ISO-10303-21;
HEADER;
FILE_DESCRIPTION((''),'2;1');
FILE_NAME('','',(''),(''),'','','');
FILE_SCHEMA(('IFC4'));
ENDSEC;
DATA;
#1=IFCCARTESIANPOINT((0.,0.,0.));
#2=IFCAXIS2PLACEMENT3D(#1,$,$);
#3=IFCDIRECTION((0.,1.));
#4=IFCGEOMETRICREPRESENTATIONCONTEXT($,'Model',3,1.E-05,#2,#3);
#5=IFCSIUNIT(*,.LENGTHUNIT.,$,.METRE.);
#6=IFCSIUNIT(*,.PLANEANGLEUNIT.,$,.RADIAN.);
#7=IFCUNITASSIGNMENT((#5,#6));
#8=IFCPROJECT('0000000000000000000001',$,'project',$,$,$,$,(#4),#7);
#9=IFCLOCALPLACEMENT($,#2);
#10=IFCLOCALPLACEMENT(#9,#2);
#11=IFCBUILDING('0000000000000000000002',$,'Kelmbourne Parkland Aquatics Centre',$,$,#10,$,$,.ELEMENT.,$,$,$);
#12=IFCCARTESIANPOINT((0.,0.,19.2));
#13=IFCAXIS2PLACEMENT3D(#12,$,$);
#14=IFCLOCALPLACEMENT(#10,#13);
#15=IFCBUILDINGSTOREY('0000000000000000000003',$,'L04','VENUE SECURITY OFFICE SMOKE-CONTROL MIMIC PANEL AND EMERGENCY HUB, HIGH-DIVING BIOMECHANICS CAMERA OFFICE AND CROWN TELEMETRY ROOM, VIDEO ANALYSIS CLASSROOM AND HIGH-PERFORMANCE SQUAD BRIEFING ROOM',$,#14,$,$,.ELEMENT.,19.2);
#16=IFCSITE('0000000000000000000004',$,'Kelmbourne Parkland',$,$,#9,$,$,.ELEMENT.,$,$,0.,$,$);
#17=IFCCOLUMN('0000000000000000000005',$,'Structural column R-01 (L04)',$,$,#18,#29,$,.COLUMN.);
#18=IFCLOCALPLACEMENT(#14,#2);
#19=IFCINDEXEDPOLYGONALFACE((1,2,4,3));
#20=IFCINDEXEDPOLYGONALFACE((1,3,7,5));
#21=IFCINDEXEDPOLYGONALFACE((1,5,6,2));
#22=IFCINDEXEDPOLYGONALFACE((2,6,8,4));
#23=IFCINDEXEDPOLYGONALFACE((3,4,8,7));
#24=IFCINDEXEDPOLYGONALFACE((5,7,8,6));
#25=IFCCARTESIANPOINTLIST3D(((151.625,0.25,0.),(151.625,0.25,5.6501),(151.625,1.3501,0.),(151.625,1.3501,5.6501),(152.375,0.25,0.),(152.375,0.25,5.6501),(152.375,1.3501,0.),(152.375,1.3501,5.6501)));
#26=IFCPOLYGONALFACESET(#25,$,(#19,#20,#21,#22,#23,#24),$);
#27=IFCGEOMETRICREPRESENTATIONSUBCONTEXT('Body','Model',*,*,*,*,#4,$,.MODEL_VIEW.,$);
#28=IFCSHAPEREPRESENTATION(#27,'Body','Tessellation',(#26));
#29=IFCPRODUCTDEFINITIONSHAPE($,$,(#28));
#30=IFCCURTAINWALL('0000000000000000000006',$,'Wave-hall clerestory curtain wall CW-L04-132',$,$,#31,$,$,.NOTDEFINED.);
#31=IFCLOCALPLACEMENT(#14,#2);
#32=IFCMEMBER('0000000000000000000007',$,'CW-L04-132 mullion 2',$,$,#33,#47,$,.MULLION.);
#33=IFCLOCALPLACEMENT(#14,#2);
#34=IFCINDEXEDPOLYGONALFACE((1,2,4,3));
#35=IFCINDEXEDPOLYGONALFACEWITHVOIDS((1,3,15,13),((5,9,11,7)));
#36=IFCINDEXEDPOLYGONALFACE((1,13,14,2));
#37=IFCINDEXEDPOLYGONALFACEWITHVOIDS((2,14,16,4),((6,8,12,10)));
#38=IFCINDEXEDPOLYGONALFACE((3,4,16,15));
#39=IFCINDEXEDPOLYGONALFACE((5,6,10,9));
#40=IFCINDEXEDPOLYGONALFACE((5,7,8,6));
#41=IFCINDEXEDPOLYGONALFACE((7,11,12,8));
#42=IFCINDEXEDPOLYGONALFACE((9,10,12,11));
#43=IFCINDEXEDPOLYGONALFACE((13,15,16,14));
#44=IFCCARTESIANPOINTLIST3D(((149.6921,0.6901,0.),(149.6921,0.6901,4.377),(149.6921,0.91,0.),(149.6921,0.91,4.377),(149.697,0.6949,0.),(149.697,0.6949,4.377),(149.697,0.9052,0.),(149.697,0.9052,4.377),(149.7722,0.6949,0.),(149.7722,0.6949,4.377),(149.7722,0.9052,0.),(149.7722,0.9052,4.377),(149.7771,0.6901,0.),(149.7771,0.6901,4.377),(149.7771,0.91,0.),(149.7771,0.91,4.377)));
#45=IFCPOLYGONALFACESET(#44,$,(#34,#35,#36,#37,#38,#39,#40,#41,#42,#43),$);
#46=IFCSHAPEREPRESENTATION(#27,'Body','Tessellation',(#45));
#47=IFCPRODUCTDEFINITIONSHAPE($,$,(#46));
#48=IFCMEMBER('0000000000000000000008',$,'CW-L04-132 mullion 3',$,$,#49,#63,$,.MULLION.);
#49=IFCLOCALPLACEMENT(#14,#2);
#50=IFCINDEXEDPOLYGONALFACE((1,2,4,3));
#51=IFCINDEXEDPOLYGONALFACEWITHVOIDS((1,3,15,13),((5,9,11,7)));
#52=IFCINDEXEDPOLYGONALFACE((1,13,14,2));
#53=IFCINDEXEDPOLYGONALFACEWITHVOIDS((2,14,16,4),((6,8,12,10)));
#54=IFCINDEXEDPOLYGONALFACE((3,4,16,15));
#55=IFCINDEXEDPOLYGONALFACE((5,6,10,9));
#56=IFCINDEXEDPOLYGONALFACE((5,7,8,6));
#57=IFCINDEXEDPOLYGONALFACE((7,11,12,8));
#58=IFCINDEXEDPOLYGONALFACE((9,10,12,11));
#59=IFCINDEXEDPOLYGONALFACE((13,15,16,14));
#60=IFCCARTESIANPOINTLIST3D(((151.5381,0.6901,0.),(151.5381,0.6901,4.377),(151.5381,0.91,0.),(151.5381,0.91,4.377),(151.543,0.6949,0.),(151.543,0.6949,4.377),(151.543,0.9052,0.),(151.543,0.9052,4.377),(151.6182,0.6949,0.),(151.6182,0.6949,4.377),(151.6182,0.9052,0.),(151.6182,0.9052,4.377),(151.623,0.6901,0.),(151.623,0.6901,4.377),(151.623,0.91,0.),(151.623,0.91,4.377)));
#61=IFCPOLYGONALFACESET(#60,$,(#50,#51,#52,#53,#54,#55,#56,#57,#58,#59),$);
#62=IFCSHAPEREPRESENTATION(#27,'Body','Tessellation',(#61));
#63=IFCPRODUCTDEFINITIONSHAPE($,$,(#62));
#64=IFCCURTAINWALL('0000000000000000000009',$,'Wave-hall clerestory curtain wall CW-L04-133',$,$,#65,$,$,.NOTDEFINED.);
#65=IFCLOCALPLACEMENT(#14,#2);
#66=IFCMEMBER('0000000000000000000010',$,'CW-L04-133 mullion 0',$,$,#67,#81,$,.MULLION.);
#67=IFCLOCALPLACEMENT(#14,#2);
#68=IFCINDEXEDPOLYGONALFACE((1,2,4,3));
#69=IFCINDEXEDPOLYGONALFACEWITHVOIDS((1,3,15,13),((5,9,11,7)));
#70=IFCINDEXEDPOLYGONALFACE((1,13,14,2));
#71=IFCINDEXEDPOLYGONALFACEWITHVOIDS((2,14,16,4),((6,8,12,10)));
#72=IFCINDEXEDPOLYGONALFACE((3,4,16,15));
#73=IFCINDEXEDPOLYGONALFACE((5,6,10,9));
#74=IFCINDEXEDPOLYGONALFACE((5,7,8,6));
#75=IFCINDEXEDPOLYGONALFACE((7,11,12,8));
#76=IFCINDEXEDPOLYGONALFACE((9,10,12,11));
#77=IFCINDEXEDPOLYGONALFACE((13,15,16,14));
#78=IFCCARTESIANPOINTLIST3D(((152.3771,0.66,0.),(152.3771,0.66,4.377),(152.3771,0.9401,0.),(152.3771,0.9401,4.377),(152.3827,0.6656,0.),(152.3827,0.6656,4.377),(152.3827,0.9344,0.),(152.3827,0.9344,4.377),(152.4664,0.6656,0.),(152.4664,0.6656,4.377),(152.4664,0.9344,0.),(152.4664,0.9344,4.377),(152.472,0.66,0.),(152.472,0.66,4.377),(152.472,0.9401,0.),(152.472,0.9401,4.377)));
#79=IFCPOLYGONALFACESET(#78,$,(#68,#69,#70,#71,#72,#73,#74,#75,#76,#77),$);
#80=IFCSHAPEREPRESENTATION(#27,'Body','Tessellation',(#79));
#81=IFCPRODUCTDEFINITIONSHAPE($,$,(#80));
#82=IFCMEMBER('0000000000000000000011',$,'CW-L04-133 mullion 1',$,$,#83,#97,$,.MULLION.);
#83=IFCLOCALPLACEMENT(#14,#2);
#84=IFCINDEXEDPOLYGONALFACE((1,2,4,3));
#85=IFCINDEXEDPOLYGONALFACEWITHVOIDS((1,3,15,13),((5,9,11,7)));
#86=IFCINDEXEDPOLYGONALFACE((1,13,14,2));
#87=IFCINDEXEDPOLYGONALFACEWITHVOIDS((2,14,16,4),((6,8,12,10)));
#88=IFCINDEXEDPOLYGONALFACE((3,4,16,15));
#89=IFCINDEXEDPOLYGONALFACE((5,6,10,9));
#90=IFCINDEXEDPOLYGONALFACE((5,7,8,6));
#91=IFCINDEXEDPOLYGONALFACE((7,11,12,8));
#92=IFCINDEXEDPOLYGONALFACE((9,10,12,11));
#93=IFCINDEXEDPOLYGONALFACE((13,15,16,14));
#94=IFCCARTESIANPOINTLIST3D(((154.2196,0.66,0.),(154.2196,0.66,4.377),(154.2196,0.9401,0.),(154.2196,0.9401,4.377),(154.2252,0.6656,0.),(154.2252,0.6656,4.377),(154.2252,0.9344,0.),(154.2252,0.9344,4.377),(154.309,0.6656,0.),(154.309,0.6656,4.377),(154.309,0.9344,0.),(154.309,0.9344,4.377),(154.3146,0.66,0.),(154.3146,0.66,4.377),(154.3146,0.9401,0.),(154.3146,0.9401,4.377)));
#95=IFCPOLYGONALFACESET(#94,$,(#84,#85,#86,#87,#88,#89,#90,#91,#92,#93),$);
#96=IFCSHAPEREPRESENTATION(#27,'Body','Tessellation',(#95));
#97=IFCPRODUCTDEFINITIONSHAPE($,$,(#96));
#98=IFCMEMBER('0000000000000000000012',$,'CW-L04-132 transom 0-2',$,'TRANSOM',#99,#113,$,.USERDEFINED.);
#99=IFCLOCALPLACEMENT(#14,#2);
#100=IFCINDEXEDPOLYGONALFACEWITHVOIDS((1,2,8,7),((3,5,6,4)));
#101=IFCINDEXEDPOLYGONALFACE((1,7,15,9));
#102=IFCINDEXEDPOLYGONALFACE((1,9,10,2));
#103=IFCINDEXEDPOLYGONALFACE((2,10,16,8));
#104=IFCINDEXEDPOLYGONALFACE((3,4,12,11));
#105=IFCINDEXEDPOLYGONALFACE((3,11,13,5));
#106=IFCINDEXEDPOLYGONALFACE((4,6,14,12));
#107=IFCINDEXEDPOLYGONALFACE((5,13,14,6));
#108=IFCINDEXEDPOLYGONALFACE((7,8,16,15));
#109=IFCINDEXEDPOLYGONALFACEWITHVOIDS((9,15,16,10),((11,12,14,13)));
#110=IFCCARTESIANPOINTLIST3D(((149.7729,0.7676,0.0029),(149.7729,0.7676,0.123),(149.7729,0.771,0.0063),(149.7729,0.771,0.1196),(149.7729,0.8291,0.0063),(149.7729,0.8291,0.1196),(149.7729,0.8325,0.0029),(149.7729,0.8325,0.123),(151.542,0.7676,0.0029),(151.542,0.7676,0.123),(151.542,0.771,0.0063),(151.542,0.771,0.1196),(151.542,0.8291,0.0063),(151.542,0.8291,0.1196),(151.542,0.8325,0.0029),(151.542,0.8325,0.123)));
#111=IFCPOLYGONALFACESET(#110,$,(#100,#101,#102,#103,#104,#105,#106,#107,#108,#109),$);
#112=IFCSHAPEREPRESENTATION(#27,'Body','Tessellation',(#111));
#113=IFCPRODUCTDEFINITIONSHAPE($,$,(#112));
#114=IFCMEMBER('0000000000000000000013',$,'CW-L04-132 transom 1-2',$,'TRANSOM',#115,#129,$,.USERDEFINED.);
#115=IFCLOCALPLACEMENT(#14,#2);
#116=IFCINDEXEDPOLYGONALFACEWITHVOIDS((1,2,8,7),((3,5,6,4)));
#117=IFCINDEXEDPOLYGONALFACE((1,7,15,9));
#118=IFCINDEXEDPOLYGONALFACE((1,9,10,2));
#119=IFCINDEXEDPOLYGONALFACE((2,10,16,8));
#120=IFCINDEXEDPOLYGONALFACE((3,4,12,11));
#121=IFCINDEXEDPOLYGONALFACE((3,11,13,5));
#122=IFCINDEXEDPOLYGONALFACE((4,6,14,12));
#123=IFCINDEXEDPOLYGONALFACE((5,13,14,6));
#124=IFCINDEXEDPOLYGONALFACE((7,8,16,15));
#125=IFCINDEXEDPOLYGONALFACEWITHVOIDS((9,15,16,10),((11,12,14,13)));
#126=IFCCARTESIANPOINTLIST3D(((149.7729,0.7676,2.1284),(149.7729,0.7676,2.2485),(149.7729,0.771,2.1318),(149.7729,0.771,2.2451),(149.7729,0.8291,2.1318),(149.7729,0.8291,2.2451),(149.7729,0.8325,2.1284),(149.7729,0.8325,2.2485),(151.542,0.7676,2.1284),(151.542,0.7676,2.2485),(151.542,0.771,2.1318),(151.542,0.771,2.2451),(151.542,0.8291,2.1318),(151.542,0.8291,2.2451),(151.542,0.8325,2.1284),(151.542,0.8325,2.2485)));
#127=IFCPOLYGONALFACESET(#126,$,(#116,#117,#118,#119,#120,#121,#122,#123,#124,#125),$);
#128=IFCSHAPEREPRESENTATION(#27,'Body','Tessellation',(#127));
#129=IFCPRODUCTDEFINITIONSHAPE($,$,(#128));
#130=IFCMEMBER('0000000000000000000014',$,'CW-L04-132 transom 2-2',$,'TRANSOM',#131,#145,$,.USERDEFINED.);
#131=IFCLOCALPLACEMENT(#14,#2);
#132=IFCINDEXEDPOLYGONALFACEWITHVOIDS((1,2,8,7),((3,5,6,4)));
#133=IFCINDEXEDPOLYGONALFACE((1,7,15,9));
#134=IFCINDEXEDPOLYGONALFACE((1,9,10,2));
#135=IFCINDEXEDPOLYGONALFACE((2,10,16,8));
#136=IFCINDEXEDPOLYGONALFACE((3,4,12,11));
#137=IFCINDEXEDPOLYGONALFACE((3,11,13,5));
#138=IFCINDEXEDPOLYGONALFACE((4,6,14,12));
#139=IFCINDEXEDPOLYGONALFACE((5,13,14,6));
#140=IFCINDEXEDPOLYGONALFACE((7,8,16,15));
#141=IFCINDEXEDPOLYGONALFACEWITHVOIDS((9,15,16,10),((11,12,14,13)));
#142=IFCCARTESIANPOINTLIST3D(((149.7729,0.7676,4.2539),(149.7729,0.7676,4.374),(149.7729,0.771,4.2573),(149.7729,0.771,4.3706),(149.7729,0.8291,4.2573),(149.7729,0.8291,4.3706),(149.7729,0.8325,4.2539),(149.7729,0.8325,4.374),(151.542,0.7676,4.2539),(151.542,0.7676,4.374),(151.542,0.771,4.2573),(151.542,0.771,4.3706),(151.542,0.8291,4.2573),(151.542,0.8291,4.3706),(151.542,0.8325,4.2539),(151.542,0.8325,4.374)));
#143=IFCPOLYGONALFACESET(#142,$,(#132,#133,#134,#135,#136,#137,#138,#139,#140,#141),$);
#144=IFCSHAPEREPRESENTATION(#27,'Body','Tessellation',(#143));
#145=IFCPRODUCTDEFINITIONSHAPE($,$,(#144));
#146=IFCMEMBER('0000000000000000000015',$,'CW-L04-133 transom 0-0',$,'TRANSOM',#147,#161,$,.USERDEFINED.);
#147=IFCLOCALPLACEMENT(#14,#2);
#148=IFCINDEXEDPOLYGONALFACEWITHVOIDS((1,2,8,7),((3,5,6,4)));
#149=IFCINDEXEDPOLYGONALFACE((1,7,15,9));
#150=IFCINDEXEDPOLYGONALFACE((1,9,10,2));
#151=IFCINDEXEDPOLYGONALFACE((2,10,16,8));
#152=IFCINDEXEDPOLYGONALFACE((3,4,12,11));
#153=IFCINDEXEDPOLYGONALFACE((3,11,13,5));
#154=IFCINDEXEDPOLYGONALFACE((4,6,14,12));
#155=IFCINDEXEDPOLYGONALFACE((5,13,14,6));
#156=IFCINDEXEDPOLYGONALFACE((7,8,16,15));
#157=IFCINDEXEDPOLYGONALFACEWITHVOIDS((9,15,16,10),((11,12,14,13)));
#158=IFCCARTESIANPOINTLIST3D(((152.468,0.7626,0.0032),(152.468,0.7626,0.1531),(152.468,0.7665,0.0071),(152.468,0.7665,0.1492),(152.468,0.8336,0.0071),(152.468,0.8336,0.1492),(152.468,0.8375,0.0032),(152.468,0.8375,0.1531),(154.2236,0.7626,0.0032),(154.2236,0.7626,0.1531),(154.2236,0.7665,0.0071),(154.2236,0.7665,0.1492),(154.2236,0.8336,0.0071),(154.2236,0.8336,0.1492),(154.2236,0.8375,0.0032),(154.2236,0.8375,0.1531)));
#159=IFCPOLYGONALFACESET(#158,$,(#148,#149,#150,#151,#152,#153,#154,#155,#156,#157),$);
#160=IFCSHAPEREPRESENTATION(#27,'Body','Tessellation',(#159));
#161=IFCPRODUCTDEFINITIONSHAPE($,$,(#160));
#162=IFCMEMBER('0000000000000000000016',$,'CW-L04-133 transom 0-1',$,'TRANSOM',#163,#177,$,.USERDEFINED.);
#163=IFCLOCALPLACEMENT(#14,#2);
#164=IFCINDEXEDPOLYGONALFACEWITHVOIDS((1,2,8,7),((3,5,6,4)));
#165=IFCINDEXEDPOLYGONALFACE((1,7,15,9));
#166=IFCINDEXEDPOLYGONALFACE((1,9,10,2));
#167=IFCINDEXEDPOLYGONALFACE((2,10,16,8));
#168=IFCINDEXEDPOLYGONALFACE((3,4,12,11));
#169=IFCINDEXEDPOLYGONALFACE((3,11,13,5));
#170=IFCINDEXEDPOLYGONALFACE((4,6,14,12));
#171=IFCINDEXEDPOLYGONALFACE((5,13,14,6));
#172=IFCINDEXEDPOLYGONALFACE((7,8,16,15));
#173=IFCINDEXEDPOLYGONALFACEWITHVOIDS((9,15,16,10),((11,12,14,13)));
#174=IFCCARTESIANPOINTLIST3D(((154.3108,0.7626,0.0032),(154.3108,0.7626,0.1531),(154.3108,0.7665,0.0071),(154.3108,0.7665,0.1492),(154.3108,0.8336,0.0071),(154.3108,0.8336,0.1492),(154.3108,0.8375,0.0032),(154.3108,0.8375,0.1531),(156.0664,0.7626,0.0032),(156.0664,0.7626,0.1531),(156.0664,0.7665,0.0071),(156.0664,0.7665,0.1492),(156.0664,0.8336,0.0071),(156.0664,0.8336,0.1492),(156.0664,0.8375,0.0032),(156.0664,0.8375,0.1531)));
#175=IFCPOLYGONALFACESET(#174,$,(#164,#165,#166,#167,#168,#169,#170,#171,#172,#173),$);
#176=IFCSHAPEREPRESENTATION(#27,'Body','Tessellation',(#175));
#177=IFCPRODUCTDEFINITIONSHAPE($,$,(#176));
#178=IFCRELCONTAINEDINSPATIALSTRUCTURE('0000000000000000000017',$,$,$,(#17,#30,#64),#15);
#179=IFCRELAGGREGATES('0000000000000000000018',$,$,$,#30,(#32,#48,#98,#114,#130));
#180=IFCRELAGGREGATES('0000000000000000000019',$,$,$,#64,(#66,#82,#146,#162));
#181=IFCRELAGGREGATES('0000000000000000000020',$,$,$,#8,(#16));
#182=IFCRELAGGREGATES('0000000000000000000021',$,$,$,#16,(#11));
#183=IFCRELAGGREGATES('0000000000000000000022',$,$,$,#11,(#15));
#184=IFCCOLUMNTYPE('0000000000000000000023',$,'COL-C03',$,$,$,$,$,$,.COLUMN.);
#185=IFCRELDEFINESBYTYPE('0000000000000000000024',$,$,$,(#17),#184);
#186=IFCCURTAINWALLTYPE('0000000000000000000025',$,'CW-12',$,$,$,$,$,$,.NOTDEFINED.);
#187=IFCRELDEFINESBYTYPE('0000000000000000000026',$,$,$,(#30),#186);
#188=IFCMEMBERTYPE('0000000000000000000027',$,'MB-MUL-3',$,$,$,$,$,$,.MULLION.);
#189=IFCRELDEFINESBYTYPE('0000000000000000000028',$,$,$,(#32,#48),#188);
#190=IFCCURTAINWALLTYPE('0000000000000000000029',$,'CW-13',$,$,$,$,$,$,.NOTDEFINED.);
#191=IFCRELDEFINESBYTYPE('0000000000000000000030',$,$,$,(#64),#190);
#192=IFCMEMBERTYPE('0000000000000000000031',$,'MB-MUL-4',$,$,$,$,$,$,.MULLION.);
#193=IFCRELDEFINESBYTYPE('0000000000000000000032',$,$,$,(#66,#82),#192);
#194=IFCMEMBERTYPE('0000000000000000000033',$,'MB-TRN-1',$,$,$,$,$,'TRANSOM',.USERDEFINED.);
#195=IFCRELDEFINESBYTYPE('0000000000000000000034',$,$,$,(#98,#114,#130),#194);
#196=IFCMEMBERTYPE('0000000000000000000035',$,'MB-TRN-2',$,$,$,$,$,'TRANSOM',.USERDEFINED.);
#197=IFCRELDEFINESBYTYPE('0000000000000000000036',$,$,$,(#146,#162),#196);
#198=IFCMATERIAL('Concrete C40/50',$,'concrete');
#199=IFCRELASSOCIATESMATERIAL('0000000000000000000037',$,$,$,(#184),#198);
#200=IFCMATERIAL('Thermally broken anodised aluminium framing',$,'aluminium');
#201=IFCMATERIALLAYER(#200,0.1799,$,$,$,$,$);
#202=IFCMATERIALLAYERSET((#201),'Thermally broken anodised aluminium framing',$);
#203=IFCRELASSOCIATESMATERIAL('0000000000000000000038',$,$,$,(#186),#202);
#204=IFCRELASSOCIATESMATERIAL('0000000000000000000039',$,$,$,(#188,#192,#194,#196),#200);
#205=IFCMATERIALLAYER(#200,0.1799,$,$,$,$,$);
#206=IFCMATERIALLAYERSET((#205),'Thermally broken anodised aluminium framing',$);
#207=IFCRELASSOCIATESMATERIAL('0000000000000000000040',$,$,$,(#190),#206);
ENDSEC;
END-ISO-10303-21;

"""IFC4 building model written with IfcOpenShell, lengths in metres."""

from ifc_helpers import new_model, si_unit, direction, frame, origin, origin_2d, place, context, subcontext, project, spatial, rectangle, hollow_rectangle, extrude, material, layer, layer_set, material_profile, profile_set, type_object, element, aggregate, save


model = new_model("IFC4")

# Units and contexts
model_context = context("Model", 3, precision=1e-05, world=origin(), true_north=direction((0.0, 1.0)))
body_context = subcontext(model_context, "Body", "Model", "MODEL_VIEW")
ifc_project = project(units=[si_unit("LENGTHUNIT", "METRE"), si_unit("PLANEANGLEUNIT", "RADIAN")], contexts=[model_context])

# Site, building, storey
site_placement = place(None, origin())
site = spatial("IfcSite", under=ifc_project, at=site_placement, Name="Kelmbourne Parkland", CompositionType="ELEMENT", RefElevation=0.0)
building_placement = place(site_placement, origin())
building = spatial("IfcBuilding", under=site, at=building_placement, Name="Kelmbourne Parkland Aquatics Centre", CompositionType="ELEMENT")
storey_placement = place(building_placement, frame((0.0, 0.0, 19.2)))
storey = spatial("IfcBuildingStorey", under=building, at=storey_placement, Name="L04", Description="VENUE SECURITY OFFICE SMOKE-CONTROL MIMIC PANEL AND EMERGENCY HUB, HIGH-DIVING BIOMECHANICS CAMERA OFFICE AND CROWN TELEMETRY ROOM, VIDEO ANALYSIS CLASSROOM AND HIGH-PERFORMANCE SQUAD BRIEFING ROOM", CompositionType="ELEMENT", Elevation=19.2)

# Column
ifc_material_1 = material(Name="Concrete C40/50", Category="concrete")
ifc_material_profile_1 = material_profile(ifc_material_1, rectangle(XDim=0.75, YDim=1.1001, at=origin_2d()), Name="RC 750x1100")
ifc_profile_set_1 = profile_set([ifc_material_profile_1], Name="Concrete C40/50")
column_type = type_object("IfcColumnType", Name="COL-C03", PredefinedType="COLUMN", material=ifc_profile_set_1)
column_placement = place(storey_placement, frame((152.0, 0.8, 0.0), z_axis=(0.0, 0.0, 1.0), x_axis=(1.0, 0.0, 0.0)))
element("IfcColumn", 1, at=column_placement, inside=storey, type_object=column_type, Name="Structural column R-01 (L04)", PredefinedType="COLUMN", context=body_context, shape_type="SweptSolid", body=[
    extrude(rectangle(XDim=0.75, YDim=1.1001, at=origin_2d()), origin(), (0.0, 0.0, 1.0), 5.6501),
])

# Curtain walls, members
ifc_material_2 = material(Name="Thermally broken anodised aluminium framing", Category="aluminium")
ifc_layer_1 = layer(ifc_material_2, 0.1799)
ifc_layer_set_1 = layer_set([ifc_layer_1], Name="Thermally broken anodised aluminium framing")
curtain_wall_type_1 = type_object("IfcCurtainWallType", Name="CW-12", PredefinedType="NOTDEFINED", material=ifc_layer_set_1)
curtain_wall_1_placement = place(storey_placement, origin())
curtain_wall_1 = element("IfcCurtainWall", 2, at=curtain_wall_1_placement, inside=storey, type_object=curtain_wall_type_1, Name="Wave-hall clerestory curtain wall CW-L04-132", PredefinedType="NOTDEFINED")
ifc_material_profile_2 = material_profile(ifc_material_2, hollow_rectangle(XDim=0.085, YDim=0.22, WallThickness=0.0049, at=origin_2d()), Name="CW-M 85x220")
ifc_profile_set_2 = profile_set([ifc_material_profile_2], Name="Thermally broken anodised aluminium framing")
member_type_1 = type_object("IfcMemberType", Name="MB-MUL-3", PredefinedType="MULLION", material=ifc_profile_set_2)
member_1_placement = place(storey_placement, frame((149.7346, 0.8, 0.0), z_axis=(0.0, 0.0, 1.0), x_axis=(1.0, 0.0, 0.0)))
member_1 = element("IfcMember", 3, at=member_1_placement, type_object=member_type_1, Name="CW-L04-132 mullion 2", PredefinedType="MULLION", context=body_context, shape_type="SweptSolid", body=[
    extrude(hollow_rectangle(XDim=0.085, YDim=0.22, WallThickness=0.0049, at=origin_2d()), origin(), (0.0, 0.0, 1.0), 4.377),
])
member_2_placement = place(storey_placement, frame((151.5806, 0.8, 0.0), z_axis=(0.0, 0.0, 1.0), x_axis=(1.0, 0.0, 0.0)))
member_2 = element("IfcMember", 4, at=member_2_placement, type_object=member_type_1, Name="CW-L04-132 mullion 3", PredefinedType="MULLION", context=body_context, shape_type="SweptSolid", body=[
    extrude(hollow_rectangle(XDim=0.085, YDim=0.22, WallThickness=0.0049, at=origin_2d()), origin(), (0.0, 0.0, 1.0), 4.377),
])
ifc_layer_2 = layer(ifc_material_2, 0.1799)
ifc_layer_set_2 = layer_set([ifc_layer_2], Name="Thermally broken anodised aluminium framing")
curtain_wall_type_2 = type_object("IfcCurtainWallType", Name="CW-13", PredefinedType="NOTDEFINED", material=ifc_layer_set_2)
curtain_wall_2_placement = place(storey_placement, origin())
curtain_wall_2 = element("IfcCurtainWall", 5, at=curtain_wall_2_placement, inside=storey, type_object=curtain_wall_type_2, Name="Wave-hall clerestory curtain wall CW-L04-133", PredefinedType="NOTDEFINED")
ifc_material_profile_3 = material_profile(ifc_material_2, hollow_rectangle(XDim=0.095, YDim=0.28, WallThickness=0.0056, at=origin_2d()), Name="CW-M 95x280")
ifc_profile_set_3 = profile_set([ifc_material_profile_3], Name="Thermally broken anodised aluminium framing")
member_type_2 = type_object("IfcMemberType", Name="MB-MUL-4", PredefinedType="MULLION", material=ifc_profile_set_3)
member_3_placement = place(storey_placement, frame((152.4246, 0.8, 0.0), z_axis=(0.0, 0.0, 1.0), x_axis=(1.0, 0.0, 0.0)))
member_3 = element("IfcMember", 6, at=member_3_placement, type_object=member_type_2, Name="CW-L04-133 mullion 0", PredefinedType="MULLION", context=body_context, shape_type="SweptSolid", body=[
    extrude(hollow_rectangle(XDim=0.095, YDim=0.28, WallThickness=0.0056, at=origin_2d()), origin(), (0.0, 0.0, 1.0), 4.377),
])
member_4_placement = place(storey_placement, frame((154.2671, 0.8, 0.0), z_axis=(0.0, 0.0, 1.0), x_axis=(1.0, 0.0, 0.0)))
member_4 = element("IfcMember", 7, at=member_4_placement, type_object=member_type_2, Name="CW-L04-133 mullion 1", PredefinedType="MULLION", context=body_context, shape_type="SweptSolid", body=[
    extrude(hollow_rectangle(XDim=0.095, YDim=0.28, WallThickness=0.0056, at=origin_2d()), origin(), (0.0, 0.0, 1.0), 4.377),
])

# Members
ifc_material_profile_4 = material_profile(ifc_material_2, hollow_rectangle(XDim=0.0649, YDim=0.1201, WallThickness=0.0034, at=origin_2d()), Name="CW-T 65x120")
ifc_profile_set_4 = profile_set([ifc_material_profile_4], Name="Thermally broken anodised aluminium framing")
member_type_3 = type_object("IfcMemberType", Name="MB-TRN-1", ElementType="TRANSOM", PredefinedType="USERDEFINED", material=ifc_profile_set_4)
member_5_placement = place(storey_placement, frame((149.7729, 0.8, 0.063), z_axis=(1.0, 0.0, 0.0), x_axis=(0.0, 1.0, 0.0)))
member_5 = element("IfcMember", 8, at=member_5_placement, type_object=member_type_3, Name="CW-L04-132 transom 0-2", ObjectType="TRANSOM", PredefinedType="USERDEFINED", context=body_context, shape_type="SweptSolid", body=[
    extrude(hollow_rectangle(XDim=0.0649, YDim=0.1201, WallThickness=0.0034, at=origin_2d()), origin(), (0.0, 0.0, 1.0), 1.769),
])
member_6_placement = place(storey_placement, frame((149.7729, 0.8, 2.1885), z_axis=(1.0, 0.0, 0.0), x_axis=(0.0, 1.0, 0.0)))
member_6 = element("IfcMember", 9, at=member_6_placement, type_object=member_type_3, Name="CW-L04-132 transom 1-2", ObjectType="TRANSOM", PredefinedType="USERDEFINED", context=body_context, shape_type="SweptSolid", body=[
    extrude(hollow_rectangle(XDim=0.0649, YDim=0.1201, WallThickness=0.0034, at=origin_2d()), origin(), (0.0, 0.0, 1.0), 1.769),
])
member_7_placement = place(storey_placement, frame((149.7729, 0.8, 4.314), z_axis=(1.0, 0.0, 0.0), x_axis=(0.0, 1.0, 0.0)))
member_7 = element("IfcMember", 10, at=member_7_placement, type_object=member_type_3, Name="CW-L04-132 transom 2-2", ObjectType="TRANSOM", PredefinedType="USERDEFINED", context=body_context, shape_type="SweptSolid", body=[
    extrude(hollow_rectangle(XDim=0.0649, YDim=0.1201, WallThickness=0.0034, at=origin_2d()), origin(), (0.0, 0.0, 1.0), 1.769),
])
ifc_material_profile_5 = material_profile(ifc_material_2, hollow_rectangle(XDim=0.075, YDim=0.1499, WallThickness=0.0039, at=origin_2d()), Name="CW-T 75x150")
ifc_profile_set_5 = profile_set([ifc_material_profile_5], Name="Thermally broken anodised aluminium framing")
member_type_4 = type_object("IfcMemberType", Name="MB-TRN-2", ElementType="TRANSOM", PredefinedType="USERDEFINED", material=ifc_profile_set_5)
member_8_placement = place(storey_placement, frame((152.468, 0.8, 0.0781), z_axis=(1.0, 0.0, 0.0), x_axis=(0.0, 1.0, 0.0)))
member_8 = element("IfcMember", 11, at=member_8_placement, type_object=member_type_4, Name="CW-L04-133 transom 0-0", ObjectType="TRANSOM", PredefinedType="USERDEFINED", context=body_context, shape_type="SweptSolid", body=[
    extrude(hollow_rectangle(XDim=0.075, YDim=0.1499, WallThickness=0.0039, at=origin_2d()), origin(), (0.0, 0.0, 1.0), 1.7556),
])
member_9_placement = place(storey_placement, frame((154.3108, 0.8, 0.0781), z_axis=(1.0, 0.0, 0.0), x_axis=(0.0, 1.0, 0.0)))
member_9 = element("IfcMember", 12, at=member_9_placement, type_object=member_type_4, Name="CW-L04-133 transom 0-1", ObjectType="TRANSOM", PredefinedType="USERDEFINED", context=body_context, shape_type="SweptSolid", body=[
    extrude(hollow_rectangle(XDim=0.075, YDim=0.1499, WallThickness=0.0039, at=origin_2d()), origin(), (0.0, 0.0, 1.0), 1.7556),
])

aggregate(curtain_wall_1, [member_1, member_2, member_5, member_6, member_7])
aggregate(curtain_wall_2, [member_3, member_4, member_8, member_9])

save(model, "model.ifc")
